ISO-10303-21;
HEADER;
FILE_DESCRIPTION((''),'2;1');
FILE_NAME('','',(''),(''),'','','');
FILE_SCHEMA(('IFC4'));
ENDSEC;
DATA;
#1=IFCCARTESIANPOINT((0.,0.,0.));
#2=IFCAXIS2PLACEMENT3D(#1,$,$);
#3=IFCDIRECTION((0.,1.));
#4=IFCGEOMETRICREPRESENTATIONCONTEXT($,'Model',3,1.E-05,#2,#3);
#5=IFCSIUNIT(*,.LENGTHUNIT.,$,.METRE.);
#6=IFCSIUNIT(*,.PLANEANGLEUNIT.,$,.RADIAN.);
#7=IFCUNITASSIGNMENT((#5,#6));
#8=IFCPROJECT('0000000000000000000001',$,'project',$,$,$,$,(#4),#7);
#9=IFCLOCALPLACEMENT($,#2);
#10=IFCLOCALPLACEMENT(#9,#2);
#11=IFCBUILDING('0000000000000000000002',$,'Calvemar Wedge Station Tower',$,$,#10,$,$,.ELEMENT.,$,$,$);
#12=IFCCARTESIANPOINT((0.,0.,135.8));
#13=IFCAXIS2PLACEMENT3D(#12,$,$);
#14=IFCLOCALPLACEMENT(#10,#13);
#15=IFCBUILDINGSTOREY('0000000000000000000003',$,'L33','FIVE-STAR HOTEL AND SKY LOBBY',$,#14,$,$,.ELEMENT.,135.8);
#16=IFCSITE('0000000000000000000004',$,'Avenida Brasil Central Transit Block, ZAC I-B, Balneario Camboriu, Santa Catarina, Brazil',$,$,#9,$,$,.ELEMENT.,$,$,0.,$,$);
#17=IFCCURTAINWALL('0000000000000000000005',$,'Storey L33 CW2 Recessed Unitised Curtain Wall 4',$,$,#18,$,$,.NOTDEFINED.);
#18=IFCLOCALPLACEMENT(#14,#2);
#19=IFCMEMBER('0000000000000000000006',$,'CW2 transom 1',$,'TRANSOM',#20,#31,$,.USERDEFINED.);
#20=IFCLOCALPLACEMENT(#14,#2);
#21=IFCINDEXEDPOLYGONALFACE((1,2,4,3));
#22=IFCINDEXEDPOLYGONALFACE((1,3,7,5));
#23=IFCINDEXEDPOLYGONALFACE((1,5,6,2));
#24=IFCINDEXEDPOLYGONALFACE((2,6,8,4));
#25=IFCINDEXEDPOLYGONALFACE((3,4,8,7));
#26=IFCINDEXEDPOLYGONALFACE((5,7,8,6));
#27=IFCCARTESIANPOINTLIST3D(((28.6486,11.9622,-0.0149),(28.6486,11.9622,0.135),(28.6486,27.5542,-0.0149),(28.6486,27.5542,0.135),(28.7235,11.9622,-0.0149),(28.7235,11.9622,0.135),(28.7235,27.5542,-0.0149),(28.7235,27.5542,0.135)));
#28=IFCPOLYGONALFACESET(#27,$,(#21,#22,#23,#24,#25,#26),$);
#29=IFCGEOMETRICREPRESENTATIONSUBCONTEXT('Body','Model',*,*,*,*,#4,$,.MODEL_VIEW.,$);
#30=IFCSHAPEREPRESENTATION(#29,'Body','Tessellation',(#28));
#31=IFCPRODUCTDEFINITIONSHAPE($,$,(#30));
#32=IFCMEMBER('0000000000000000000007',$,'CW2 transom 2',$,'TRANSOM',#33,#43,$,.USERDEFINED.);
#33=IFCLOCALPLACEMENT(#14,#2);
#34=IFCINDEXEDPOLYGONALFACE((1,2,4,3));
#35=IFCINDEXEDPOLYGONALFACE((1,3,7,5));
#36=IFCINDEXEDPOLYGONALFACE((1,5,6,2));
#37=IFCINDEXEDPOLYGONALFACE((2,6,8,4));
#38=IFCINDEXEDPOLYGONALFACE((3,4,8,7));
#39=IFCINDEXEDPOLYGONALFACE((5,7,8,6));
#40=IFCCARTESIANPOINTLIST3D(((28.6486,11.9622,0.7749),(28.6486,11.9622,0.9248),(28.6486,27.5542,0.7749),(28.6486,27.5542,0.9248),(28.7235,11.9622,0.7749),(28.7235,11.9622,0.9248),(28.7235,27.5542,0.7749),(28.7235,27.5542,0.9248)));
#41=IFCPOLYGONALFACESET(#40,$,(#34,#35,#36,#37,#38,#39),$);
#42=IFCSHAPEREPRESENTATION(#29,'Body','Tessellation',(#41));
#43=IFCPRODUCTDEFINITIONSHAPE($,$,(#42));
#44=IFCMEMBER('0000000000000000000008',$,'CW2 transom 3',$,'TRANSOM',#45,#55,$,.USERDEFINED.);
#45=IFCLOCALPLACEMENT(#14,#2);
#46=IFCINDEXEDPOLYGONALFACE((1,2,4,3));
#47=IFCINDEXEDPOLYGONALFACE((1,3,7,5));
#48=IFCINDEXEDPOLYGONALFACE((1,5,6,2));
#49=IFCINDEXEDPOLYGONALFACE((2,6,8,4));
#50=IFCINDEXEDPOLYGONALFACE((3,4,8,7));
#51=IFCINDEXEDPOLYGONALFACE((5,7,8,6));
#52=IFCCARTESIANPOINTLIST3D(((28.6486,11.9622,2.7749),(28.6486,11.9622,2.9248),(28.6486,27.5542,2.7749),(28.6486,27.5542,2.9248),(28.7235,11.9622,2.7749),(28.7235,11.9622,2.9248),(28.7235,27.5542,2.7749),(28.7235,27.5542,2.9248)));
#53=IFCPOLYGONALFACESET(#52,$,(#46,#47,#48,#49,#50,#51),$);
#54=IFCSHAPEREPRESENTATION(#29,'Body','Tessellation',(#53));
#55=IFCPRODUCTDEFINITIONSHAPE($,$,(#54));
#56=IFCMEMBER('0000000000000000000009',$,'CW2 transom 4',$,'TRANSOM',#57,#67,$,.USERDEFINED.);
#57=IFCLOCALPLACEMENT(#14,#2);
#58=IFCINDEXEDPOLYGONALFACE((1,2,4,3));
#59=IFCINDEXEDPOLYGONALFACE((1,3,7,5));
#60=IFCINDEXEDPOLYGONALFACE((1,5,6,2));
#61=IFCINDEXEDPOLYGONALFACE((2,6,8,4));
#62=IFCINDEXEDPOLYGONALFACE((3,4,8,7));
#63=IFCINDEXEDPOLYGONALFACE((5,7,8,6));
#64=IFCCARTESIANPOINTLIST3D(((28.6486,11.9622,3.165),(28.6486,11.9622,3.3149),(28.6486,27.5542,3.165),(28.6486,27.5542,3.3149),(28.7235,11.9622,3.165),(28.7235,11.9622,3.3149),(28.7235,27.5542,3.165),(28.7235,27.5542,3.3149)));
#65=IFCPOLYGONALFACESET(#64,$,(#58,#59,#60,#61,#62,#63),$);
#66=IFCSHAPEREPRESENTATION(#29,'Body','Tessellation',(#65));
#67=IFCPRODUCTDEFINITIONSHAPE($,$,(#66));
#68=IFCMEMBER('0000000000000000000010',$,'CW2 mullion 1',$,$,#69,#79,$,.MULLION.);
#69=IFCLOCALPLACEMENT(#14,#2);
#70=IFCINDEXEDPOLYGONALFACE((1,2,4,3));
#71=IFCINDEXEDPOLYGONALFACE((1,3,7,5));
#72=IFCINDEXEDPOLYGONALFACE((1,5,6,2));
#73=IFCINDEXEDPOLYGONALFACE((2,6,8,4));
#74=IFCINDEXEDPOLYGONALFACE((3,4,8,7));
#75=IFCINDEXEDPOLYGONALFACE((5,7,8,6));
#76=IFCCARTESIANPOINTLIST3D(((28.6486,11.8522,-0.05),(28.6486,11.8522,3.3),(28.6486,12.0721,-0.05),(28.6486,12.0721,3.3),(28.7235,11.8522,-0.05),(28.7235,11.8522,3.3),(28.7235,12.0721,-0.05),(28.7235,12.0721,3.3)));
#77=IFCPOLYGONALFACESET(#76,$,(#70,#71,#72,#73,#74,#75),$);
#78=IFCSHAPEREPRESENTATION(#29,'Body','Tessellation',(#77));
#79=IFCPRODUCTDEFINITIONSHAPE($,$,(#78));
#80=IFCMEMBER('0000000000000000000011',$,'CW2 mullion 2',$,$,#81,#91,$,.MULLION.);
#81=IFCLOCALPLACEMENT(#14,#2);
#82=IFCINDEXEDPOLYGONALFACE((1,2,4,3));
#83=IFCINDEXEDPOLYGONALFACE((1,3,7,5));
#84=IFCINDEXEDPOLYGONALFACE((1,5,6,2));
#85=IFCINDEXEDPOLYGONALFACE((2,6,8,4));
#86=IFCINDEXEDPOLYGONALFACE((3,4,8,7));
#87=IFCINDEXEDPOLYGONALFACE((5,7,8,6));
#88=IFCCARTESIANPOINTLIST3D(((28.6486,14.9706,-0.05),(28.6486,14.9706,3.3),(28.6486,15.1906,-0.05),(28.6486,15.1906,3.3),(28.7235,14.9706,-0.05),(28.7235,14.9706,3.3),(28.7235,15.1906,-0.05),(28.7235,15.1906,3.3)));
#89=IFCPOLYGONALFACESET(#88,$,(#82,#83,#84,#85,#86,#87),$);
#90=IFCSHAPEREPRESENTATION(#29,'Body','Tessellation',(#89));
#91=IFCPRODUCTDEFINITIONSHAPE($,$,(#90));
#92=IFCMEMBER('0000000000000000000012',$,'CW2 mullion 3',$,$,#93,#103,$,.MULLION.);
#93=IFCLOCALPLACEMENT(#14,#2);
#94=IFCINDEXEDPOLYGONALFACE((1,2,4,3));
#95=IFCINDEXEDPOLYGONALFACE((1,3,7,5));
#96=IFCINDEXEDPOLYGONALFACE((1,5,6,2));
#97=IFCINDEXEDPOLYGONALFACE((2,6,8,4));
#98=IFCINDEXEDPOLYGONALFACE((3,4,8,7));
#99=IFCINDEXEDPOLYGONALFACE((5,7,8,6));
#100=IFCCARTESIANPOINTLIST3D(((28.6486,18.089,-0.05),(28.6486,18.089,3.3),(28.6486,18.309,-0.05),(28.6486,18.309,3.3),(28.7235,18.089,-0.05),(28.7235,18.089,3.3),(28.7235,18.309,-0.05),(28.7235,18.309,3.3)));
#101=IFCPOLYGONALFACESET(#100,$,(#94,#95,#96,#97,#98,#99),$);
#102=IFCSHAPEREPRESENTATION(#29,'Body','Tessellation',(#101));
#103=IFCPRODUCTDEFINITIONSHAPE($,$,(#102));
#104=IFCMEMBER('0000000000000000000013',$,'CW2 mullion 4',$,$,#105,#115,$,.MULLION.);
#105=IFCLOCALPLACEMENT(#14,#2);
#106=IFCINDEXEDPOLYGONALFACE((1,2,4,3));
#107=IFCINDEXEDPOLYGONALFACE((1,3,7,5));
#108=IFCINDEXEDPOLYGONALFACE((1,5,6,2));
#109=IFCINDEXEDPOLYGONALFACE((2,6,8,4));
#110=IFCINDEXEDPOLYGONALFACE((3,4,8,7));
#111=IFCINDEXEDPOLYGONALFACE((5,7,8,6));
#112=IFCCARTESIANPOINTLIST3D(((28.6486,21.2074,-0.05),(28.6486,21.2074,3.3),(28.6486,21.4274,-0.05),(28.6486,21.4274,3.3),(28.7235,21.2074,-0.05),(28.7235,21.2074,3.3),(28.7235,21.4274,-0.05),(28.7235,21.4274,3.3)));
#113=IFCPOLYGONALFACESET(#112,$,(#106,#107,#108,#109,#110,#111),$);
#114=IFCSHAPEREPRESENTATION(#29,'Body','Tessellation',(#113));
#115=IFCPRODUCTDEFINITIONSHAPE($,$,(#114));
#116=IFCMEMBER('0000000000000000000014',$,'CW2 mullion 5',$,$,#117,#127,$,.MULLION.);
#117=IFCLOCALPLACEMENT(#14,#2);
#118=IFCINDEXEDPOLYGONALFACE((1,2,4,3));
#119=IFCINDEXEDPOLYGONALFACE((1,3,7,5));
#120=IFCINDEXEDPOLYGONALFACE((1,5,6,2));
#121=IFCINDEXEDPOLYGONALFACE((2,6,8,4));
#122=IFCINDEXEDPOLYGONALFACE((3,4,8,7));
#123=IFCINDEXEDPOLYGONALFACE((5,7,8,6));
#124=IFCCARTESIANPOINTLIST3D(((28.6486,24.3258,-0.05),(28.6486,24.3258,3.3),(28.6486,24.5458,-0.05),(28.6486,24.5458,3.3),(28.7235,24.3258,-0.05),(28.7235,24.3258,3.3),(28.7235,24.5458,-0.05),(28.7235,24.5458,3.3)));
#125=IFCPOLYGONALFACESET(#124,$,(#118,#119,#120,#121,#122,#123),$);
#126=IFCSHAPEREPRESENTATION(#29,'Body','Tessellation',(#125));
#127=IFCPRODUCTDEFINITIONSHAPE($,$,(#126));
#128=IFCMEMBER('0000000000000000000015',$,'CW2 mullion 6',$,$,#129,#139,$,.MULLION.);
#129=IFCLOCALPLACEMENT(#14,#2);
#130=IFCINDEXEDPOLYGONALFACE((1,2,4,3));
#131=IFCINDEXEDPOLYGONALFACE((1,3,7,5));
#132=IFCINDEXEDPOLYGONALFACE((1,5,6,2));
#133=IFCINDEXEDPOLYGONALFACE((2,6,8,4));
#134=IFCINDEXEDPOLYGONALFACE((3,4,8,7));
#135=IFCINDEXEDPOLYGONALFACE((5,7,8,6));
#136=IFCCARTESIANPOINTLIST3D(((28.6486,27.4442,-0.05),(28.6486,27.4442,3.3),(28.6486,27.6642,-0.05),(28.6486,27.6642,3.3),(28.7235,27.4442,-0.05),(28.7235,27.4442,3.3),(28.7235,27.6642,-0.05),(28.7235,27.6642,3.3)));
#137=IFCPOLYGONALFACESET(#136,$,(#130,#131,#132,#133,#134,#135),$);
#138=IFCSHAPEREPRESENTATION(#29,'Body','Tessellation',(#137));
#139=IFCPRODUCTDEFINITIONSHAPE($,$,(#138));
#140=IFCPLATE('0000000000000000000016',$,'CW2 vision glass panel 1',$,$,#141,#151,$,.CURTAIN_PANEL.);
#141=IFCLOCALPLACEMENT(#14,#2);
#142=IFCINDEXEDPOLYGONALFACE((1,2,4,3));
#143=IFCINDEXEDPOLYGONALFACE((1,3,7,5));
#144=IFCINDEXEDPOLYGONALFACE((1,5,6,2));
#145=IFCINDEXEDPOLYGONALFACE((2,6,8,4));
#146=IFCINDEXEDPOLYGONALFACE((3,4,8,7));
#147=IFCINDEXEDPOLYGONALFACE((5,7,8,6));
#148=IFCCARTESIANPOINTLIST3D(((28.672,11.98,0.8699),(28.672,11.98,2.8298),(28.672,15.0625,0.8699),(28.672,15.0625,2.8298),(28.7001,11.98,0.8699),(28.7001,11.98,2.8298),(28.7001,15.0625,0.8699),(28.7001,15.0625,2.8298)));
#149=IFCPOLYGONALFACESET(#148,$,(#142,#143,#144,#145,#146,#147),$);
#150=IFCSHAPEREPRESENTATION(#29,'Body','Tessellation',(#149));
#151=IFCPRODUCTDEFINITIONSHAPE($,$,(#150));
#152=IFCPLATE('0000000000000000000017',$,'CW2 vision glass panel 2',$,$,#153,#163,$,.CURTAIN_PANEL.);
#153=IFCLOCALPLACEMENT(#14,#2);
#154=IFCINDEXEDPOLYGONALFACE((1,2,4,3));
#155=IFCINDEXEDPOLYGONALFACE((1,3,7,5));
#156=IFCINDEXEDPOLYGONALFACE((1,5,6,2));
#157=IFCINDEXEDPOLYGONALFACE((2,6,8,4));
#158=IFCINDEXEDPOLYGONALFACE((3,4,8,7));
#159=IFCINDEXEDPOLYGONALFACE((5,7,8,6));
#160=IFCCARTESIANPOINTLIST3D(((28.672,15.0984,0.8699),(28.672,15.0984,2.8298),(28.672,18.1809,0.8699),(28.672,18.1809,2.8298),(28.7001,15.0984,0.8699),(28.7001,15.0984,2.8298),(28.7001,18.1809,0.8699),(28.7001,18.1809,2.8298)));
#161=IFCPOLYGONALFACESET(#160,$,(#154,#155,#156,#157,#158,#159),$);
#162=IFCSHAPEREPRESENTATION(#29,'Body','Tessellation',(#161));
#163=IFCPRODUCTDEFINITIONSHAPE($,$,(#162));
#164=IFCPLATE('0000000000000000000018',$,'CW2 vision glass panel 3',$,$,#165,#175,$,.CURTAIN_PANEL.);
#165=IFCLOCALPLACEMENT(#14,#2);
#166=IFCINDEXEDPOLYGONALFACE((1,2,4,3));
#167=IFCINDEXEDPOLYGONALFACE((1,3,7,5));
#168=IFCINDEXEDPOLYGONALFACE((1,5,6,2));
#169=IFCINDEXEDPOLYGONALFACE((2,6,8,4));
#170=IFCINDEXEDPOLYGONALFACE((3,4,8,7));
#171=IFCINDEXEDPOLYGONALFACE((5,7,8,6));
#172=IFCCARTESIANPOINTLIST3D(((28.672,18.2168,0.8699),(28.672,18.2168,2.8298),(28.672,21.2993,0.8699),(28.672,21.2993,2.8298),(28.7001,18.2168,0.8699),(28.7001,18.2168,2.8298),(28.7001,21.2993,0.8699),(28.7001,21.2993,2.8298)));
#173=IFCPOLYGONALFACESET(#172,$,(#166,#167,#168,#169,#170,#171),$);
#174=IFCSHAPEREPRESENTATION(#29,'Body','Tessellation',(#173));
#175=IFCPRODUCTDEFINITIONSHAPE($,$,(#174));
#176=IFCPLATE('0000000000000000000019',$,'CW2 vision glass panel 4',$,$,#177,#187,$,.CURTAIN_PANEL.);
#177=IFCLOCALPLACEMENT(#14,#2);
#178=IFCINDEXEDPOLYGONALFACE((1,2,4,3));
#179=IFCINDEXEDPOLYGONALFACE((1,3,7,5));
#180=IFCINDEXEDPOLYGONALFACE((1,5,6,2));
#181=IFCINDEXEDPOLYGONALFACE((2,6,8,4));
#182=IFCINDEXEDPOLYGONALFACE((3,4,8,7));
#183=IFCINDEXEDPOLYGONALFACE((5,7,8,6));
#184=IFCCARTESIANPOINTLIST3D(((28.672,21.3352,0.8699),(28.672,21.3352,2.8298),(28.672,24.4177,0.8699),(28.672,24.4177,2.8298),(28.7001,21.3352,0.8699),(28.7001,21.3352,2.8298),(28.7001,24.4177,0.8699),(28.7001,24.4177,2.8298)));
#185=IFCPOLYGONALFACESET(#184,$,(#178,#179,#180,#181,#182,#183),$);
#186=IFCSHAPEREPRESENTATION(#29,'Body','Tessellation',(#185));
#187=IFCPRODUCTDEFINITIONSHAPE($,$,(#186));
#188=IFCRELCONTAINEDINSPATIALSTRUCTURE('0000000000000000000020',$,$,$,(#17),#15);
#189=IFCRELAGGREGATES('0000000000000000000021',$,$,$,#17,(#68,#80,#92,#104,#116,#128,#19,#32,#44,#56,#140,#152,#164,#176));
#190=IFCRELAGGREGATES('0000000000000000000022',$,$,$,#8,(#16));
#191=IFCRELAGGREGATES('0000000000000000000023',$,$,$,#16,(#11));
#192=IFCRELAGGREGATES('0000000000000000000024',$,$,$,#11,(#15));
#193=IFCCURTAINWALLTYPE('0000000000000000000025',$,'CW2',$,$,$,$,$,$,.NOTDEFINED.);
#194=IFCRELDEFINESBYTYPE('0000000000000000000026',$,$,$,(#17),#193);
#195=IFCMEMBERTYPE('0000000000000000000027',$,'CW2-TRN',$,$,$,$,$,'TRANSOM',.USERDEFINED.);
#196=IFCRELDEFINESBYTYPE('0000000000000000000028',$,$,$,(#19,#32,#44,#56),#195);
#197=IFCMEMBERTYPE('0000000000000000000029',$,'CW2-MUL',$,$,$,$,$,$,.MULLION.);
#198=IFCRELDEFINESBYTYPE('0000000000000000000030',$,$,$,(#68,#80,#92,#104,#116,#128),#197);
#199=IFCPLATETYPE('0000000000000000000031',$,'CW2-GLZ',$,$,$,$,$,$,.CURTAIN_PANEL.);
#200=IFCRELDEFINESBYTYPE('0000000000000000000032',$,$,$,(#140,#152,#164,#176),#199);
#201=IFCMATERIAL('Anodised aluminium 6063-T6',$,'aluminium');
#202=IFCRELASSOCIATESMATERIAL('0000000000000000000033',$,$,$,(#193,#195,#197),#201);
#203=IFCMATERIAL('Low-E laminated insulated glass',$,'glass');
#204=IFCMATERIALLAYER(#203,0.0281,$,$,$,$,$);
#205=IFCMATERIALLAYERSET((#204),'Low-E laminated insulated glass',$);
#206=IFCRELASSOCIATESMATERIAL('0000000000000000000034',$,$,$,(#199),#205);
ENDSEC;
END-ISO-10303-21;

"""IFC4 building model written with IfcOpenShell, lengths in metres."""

from ifc_helpers import new_model, si_unit, direction, frame, frame_2d, origin, origin_2d, place, context, subcontext, project, spatial, rectangle, extrude, source, transform, mapped, material, layer, layer_set, material_profile, profile_set, type_object, element, aggregate, save


model = new_model("IFC4")

# Units and contexts
model_context = context("Model", 3, precision=1e-05, world=origin(), true_north=direction((0.0, 1.0)))
body_context = subcontext(model_context, "Body", "Model", "MODEL_VIEW")
ifc_project = project(units=[si_unit("LENGTHUNIT", "METRE"), si_unit("PLANEANGLEUNIT", "RADIAN")], contexts=[model_context])

# Site, building, storey
site_placement = place(None, origin())
site = spatial("IfcSite", under=ifc_project, at=site_placement, Name="Avenida Brasil Central Transit Block, ZAC I-B, Balneario Camboriu, Santa Catarina, Brazil", CompositionType="ELEMENT", RefElevation=0.0)
building_placement = place(site_placement, origin())
building = spatial("IfcBuilding", under=site, at=building_placement, Name="Calvemar Wedge Station Tower", CompositionType="ELEMENT")
storey_placement = place(building_placement, frame((0.0, 0.0, 135.8)))
storey = spatial("IfcBuildingStorey", under=building, at=storey_placement, Name="L33", Description="FIVE-STAR HOTEL AND SKY LOBBY", CompositionType="ELEMENT", Elevation=135.8)

# Curtain wall, members, plates
ifc_material_1 = material(Name="Anodised aluminium 6063-T6", Category="aluminium")
curtain_wall_type = type_object("IfcCurtainWallType", Name="CW2", PredefinedType="NOTDEFINED", material=ifc_material_1)
curtain_wall_placement = place(storey_placement, origin())
curtain_wall = element("IfcCurtainWall", 1, at=curtain_wall_placement, inside=storey, type_object=curtain_wall_type, Name="Storey L33 CW2 Recessed Unitised Curtain Wall 4", PredefinedType="NOTDEFINED")
ifc_material_profile_1 = material_profile(ifc_material_1, rectangle(XDim=0.075, YDim=0.1499, at=origin_2d()), Name="AL-TRN-75x150")
ifc_profile_set_1 = profile_set([ifc_material_profile_1], Name="Anodised aluminium 6063-T6")
member_type_1 = type_object("IfcMemberType", Name="CW2-TRN", ElementType="TRANSOM", PredefinedType="USERDEFINED", material=ifc_profile_set_1)
shared_shape_1 = source(origin(), body_context, "Body", "SweptSolid", [
    extrude(rectangle(XDim=0.075, YDim=0.1499, at=origin_2d()), origin(), (0.0, 0.0, 1.0), 15.592),
])
member_1_placement = place(storey_placement, frame((28.686, 11.9622, 0.0601), z_axis=(0.0, 1.0, 0.0), x_axis=(-1.0, 0.0, 0.0)))
member_1 = element("IfcMember", 2, at=member_1_placement, type_object=member_type_1, Name="CW2 transom 1", ObjectType="TRANSOM", PredefinedType="USERDEFINED", context=body_context, shape_type="MappedRepresentation", body=[
    mapped(shared_shape_1, transform((0.0, 0.0, 0.0), scale=1.0)),
])
member_2_placement = place(storey_placement, frame((28.686, 11.9622, 0.8499), z_axis=(0.0, 1.0, 0.0), x_axis=(-1.0, 0.0, 0.0)))
member_2 = element("IfcMember", 3, at=member_2_placement, type_object=member_type_1, Name="CW2 transom 2", ObjectType="TRANSOM", PredefinedType="USERDEFINED", context=body_context, shape_type="MappedRepresentation", body=[
    mapped(shared_shape_1, transform((0.0, 0.0, 0.0), scale=1.0)),
])
member_3_placement = place(storey_placement, frame((28.686, 11.9622, 2.8499), z_axis=(0.0, 1.0, 0.0), x_axis=(-1.0, 0.0, 0.0)))
member_3 = element("IfcMember", 4, at=member_3_placement, type_object=member_type_1, Name="CW2 transom 3", ObjectType="TRANSOM", PredefinedType="USERDEFINED", context=body_context, shape_type="MappedRepresentation", body=[
    mapped(shared_shape_1, transform((0.0, 0.0, 0.0), scale=1.0)),
])
member_4_placement = place(storey_placement, frame((28.686, 11.9622, 3.24), z_axis=(0.0, 1.0, 0.0), x_axis=(-1.0, 0.0, 0.0)))
member_4 = element("IfcMember", 5, at=member_4_placement, type_object=member_type_1, Name="CW2 transom 4", ObjectType="TRANSOM", PredefinedType="USERDEFINED", context=body_context, shape_type="MappedRepresentation", body=[
    mapped(shared_shape_1, transform((0.0, 0.0, 0.0), scale=1.0)),
])
ifc_material_profile_2 = material_profile(ifc_material_1, rectangle(XDim=0.075, YDim=0.22, at=origin_2d()), Name="AL-MUL-75x220")
ifc_profile_set_2 = profile_set([ifc_material_profile_2], Name="Anodised aluminium 6063-T6")
member_type_2 = type_object("IfcMemberType", Name="CW2-MUL", PredefinedType="MULLION", material=ifc_profile_set_2)
shared_shape_2 = source(origin(), body_context, "Body", "SweptSolid", [
    extrude(rectangle(XDim=0.075, YDim=0.22, at=origin_2d()), origin(), (0.0, 0.0, 1.0), 3.3501),
])
member_5_placement = place(storey_placement, frame((28.686, 11.9622, -0.05), z_axis=(0.0, 0.0, 1.0), x_axis=(1.0, 0.0, 0.0)))
member_5 = element("IfcMember", 6, at=member_5_placement, type_object=member_type_2, Name="CW2 mullion 1", PredefinedType="MULLION", context=body_context, shape_type="MappedRepresentation", body=[
    mapped(shared_shape_2, transform((0.0, 0.0, 0.0), scale=1.0)),
])
member_6_placement = place(storey_placement, frame((28.686, 15.0806, -0.05), z_axis=(0.0, 0.0, 1.0), x_axis=(1.0, 0.0, 0.0)))
member_6 = element("IfcMember", 7, at=member_6_placement, type_object=member_type_2, Name="CW2 mullion 2", PredefinedType="MULLION", context=body_context, shape_type="MappedRepresentation", body=[
    mapped(shared_shape_2, transform((0.0, 0.0, 0.0), scale=1.0)),
])
member_7_placement = place(storey_placement, frame((28.686, 18.199, -0.05), z_axis=(0.0, 0.0, 1.0), x_axis=(1.0, 0.0, 0.0)))
member_7 = element("IfcMember", 8, at=member_7_placement, type_object=member_type_2, Name="CW2 mullion 3", PredefinedType="MULLION", context=body_context, shape_type="MappedRepresentation", body=[
    mapped(shared_shape_2, transform((0.0, 0.0, 0.0), scale=1.0)),
])
member_8_placement = place(storey_placement, frame((28.686, 21.3174, -0.05), z_axis=(0.0, 0.0, 1.0), x_axis=(1.0, 0.0, 0.0)))
member_8 = element("IfcMember", 9, at=member_8_placement, type_object=member_type_2, Name="CW2 mullion 4", PredefinedType="MULLION", context=body_context, shape_type="MappedRepresentation", body=[
    mapped(shared_shape_2, transform((0.0, 0.0, 0.0), scale=1.0)),
])
member_9_placement = place(storey_placement, frame((28.686, 24.4358, -0.05), z_axis=(0.0, 0.0, 1.0), x_axis=(1.0, 0.0, 0.0)))
member_9 = element("IfcMember", 10, at=member_9_placement, type_object=member_type_2, Name="CW2 mullion 5", PredefinedType="MULLION", context=body_context, shape_type="MappedRepresentation", body=[
    mapped(shared_shape_2, transform((0.0, 0.0, 0.0), scale=1.0)),
])
member_10_placement = place(storey_placement, frame((28.686, 27.5542, -0.05), z_axis=(0.0, 0.0, 1.0), x_axis=(1.0, 0.0, 0.0)))
member_10 = element("IfcMember", 11, at=member_10_placement, type_object=member_type_2, Name="CW2 mullion 6", PredefinedType="MULLION", context=body_context, shape_type="MappedRepresentation", body=[
    mapped(shared_shape_2, transform((0.0, 0.0, 0.0), scale=1.0)),
])
ifc_material_2 = material(Name="Low-E laminated insulated glass", Category="glass")
ifc_layer_1 = layer(ifc_material_2, 0.0281)
ifc_layer_set_1 = layer_set([ifc_layer_1], Name="Low-E laminated insulated glass")
plate_type_1 = type_object("IfcPlateType", Name="CW2-GLZ", PredefinedType="CURTAIN_PANEL", material=ifc_layer_set_1)
plate_1_placement = place(storey_placement, frame((28.686, 11.98, 0.8699), z_axis=(0.0, 0.0, 1.0), x_axis=(0.0, 1.0, 0.0)))
plate_1 = element("IfcPlate", 12, at=plate_1_placement, type_object=plate_type_1, Name="CW2 vision glass panel 1", PredefinedType="CURTAIN_PANEL", context=body_context, shape_type="SweptSolid", body=[
    extrude(rectangle(XDim=3.0825, YDim=0.0281, at=frame_2d((1.5413, 0.0))), origin(), (0.0, 0.0, 1.0), 1.96),
])
plate_2_placement = place(storey_placement, frame((28.686, 15.0984, 0.8699), z_axis=(0.0, 0.0, 1.0), x_axis=(0.0, 1.0, 0.0)))
plate_2 = element("IfcPlate", 13, at=plate_2_placement, type_object=plate_type_1, Name="CW2 vision glass panel 2", PredefinedType="CURTAIN_PANEL", context=body_context, shape_type="SweptSolid", body=[
    extrude(rectangle(XDim=3.0825, YDim=0.0281, at=frame_2d((1.5413, 0.0))), origin(), (0.0, 0.0, 1.0), 1.96),
])
plate_3_placement = place(storey_placement, frame((28.686, 18.2168, 0.8699), z_axis=(0.0, 0.0, 1.0), x_axis=(0.0, 1.0, 0.0)))
plate_3 = element("IfcPlate", 14, at=plate_3_placement, type_object=plate_type_1, Name="CW2 vision glass panel 3", PredefinedType="CURTAIN_PANEL", context=body_context, shape_type="SweptSolid", body=[
    extrude(rectangle(XDim=3.0825, YDim=0.0281, at=frame_2d((1.5413, 0.0))), origin(), (0.0, 0.0, 1.0), 1.96),
])
plate_4_placement = place(storey_placement, frame((28.686, 21.3352, 0.8699), z_axis=(0.0, 0.0, 1.0), x_axis=(0.0, 1.0, 0.0)))
plate_4 = element("IfcPlate", 15, at=plate_4_placement, type_object=plate_type_1, Name="CW2 vision glass panel 4", PredefinedType="CURTAIN_PANEL", context=body_context, shape_type="SweptSolid", body=[
    extrude(rectangle(XDim=3.0825, YDim=0.0281, at=frame_2d((1.5413, 0.0))), origin(), (0.0, 0.0, 1.0), 1.96),
])
aggregate(curtain_wall, [member_5, member_6, member_7, member_8, member_9, member_10, member_1, member_2, member_3, member_4, plate_1, plate_2, plate_3, plate_4])

save(model, "model.ifc")
